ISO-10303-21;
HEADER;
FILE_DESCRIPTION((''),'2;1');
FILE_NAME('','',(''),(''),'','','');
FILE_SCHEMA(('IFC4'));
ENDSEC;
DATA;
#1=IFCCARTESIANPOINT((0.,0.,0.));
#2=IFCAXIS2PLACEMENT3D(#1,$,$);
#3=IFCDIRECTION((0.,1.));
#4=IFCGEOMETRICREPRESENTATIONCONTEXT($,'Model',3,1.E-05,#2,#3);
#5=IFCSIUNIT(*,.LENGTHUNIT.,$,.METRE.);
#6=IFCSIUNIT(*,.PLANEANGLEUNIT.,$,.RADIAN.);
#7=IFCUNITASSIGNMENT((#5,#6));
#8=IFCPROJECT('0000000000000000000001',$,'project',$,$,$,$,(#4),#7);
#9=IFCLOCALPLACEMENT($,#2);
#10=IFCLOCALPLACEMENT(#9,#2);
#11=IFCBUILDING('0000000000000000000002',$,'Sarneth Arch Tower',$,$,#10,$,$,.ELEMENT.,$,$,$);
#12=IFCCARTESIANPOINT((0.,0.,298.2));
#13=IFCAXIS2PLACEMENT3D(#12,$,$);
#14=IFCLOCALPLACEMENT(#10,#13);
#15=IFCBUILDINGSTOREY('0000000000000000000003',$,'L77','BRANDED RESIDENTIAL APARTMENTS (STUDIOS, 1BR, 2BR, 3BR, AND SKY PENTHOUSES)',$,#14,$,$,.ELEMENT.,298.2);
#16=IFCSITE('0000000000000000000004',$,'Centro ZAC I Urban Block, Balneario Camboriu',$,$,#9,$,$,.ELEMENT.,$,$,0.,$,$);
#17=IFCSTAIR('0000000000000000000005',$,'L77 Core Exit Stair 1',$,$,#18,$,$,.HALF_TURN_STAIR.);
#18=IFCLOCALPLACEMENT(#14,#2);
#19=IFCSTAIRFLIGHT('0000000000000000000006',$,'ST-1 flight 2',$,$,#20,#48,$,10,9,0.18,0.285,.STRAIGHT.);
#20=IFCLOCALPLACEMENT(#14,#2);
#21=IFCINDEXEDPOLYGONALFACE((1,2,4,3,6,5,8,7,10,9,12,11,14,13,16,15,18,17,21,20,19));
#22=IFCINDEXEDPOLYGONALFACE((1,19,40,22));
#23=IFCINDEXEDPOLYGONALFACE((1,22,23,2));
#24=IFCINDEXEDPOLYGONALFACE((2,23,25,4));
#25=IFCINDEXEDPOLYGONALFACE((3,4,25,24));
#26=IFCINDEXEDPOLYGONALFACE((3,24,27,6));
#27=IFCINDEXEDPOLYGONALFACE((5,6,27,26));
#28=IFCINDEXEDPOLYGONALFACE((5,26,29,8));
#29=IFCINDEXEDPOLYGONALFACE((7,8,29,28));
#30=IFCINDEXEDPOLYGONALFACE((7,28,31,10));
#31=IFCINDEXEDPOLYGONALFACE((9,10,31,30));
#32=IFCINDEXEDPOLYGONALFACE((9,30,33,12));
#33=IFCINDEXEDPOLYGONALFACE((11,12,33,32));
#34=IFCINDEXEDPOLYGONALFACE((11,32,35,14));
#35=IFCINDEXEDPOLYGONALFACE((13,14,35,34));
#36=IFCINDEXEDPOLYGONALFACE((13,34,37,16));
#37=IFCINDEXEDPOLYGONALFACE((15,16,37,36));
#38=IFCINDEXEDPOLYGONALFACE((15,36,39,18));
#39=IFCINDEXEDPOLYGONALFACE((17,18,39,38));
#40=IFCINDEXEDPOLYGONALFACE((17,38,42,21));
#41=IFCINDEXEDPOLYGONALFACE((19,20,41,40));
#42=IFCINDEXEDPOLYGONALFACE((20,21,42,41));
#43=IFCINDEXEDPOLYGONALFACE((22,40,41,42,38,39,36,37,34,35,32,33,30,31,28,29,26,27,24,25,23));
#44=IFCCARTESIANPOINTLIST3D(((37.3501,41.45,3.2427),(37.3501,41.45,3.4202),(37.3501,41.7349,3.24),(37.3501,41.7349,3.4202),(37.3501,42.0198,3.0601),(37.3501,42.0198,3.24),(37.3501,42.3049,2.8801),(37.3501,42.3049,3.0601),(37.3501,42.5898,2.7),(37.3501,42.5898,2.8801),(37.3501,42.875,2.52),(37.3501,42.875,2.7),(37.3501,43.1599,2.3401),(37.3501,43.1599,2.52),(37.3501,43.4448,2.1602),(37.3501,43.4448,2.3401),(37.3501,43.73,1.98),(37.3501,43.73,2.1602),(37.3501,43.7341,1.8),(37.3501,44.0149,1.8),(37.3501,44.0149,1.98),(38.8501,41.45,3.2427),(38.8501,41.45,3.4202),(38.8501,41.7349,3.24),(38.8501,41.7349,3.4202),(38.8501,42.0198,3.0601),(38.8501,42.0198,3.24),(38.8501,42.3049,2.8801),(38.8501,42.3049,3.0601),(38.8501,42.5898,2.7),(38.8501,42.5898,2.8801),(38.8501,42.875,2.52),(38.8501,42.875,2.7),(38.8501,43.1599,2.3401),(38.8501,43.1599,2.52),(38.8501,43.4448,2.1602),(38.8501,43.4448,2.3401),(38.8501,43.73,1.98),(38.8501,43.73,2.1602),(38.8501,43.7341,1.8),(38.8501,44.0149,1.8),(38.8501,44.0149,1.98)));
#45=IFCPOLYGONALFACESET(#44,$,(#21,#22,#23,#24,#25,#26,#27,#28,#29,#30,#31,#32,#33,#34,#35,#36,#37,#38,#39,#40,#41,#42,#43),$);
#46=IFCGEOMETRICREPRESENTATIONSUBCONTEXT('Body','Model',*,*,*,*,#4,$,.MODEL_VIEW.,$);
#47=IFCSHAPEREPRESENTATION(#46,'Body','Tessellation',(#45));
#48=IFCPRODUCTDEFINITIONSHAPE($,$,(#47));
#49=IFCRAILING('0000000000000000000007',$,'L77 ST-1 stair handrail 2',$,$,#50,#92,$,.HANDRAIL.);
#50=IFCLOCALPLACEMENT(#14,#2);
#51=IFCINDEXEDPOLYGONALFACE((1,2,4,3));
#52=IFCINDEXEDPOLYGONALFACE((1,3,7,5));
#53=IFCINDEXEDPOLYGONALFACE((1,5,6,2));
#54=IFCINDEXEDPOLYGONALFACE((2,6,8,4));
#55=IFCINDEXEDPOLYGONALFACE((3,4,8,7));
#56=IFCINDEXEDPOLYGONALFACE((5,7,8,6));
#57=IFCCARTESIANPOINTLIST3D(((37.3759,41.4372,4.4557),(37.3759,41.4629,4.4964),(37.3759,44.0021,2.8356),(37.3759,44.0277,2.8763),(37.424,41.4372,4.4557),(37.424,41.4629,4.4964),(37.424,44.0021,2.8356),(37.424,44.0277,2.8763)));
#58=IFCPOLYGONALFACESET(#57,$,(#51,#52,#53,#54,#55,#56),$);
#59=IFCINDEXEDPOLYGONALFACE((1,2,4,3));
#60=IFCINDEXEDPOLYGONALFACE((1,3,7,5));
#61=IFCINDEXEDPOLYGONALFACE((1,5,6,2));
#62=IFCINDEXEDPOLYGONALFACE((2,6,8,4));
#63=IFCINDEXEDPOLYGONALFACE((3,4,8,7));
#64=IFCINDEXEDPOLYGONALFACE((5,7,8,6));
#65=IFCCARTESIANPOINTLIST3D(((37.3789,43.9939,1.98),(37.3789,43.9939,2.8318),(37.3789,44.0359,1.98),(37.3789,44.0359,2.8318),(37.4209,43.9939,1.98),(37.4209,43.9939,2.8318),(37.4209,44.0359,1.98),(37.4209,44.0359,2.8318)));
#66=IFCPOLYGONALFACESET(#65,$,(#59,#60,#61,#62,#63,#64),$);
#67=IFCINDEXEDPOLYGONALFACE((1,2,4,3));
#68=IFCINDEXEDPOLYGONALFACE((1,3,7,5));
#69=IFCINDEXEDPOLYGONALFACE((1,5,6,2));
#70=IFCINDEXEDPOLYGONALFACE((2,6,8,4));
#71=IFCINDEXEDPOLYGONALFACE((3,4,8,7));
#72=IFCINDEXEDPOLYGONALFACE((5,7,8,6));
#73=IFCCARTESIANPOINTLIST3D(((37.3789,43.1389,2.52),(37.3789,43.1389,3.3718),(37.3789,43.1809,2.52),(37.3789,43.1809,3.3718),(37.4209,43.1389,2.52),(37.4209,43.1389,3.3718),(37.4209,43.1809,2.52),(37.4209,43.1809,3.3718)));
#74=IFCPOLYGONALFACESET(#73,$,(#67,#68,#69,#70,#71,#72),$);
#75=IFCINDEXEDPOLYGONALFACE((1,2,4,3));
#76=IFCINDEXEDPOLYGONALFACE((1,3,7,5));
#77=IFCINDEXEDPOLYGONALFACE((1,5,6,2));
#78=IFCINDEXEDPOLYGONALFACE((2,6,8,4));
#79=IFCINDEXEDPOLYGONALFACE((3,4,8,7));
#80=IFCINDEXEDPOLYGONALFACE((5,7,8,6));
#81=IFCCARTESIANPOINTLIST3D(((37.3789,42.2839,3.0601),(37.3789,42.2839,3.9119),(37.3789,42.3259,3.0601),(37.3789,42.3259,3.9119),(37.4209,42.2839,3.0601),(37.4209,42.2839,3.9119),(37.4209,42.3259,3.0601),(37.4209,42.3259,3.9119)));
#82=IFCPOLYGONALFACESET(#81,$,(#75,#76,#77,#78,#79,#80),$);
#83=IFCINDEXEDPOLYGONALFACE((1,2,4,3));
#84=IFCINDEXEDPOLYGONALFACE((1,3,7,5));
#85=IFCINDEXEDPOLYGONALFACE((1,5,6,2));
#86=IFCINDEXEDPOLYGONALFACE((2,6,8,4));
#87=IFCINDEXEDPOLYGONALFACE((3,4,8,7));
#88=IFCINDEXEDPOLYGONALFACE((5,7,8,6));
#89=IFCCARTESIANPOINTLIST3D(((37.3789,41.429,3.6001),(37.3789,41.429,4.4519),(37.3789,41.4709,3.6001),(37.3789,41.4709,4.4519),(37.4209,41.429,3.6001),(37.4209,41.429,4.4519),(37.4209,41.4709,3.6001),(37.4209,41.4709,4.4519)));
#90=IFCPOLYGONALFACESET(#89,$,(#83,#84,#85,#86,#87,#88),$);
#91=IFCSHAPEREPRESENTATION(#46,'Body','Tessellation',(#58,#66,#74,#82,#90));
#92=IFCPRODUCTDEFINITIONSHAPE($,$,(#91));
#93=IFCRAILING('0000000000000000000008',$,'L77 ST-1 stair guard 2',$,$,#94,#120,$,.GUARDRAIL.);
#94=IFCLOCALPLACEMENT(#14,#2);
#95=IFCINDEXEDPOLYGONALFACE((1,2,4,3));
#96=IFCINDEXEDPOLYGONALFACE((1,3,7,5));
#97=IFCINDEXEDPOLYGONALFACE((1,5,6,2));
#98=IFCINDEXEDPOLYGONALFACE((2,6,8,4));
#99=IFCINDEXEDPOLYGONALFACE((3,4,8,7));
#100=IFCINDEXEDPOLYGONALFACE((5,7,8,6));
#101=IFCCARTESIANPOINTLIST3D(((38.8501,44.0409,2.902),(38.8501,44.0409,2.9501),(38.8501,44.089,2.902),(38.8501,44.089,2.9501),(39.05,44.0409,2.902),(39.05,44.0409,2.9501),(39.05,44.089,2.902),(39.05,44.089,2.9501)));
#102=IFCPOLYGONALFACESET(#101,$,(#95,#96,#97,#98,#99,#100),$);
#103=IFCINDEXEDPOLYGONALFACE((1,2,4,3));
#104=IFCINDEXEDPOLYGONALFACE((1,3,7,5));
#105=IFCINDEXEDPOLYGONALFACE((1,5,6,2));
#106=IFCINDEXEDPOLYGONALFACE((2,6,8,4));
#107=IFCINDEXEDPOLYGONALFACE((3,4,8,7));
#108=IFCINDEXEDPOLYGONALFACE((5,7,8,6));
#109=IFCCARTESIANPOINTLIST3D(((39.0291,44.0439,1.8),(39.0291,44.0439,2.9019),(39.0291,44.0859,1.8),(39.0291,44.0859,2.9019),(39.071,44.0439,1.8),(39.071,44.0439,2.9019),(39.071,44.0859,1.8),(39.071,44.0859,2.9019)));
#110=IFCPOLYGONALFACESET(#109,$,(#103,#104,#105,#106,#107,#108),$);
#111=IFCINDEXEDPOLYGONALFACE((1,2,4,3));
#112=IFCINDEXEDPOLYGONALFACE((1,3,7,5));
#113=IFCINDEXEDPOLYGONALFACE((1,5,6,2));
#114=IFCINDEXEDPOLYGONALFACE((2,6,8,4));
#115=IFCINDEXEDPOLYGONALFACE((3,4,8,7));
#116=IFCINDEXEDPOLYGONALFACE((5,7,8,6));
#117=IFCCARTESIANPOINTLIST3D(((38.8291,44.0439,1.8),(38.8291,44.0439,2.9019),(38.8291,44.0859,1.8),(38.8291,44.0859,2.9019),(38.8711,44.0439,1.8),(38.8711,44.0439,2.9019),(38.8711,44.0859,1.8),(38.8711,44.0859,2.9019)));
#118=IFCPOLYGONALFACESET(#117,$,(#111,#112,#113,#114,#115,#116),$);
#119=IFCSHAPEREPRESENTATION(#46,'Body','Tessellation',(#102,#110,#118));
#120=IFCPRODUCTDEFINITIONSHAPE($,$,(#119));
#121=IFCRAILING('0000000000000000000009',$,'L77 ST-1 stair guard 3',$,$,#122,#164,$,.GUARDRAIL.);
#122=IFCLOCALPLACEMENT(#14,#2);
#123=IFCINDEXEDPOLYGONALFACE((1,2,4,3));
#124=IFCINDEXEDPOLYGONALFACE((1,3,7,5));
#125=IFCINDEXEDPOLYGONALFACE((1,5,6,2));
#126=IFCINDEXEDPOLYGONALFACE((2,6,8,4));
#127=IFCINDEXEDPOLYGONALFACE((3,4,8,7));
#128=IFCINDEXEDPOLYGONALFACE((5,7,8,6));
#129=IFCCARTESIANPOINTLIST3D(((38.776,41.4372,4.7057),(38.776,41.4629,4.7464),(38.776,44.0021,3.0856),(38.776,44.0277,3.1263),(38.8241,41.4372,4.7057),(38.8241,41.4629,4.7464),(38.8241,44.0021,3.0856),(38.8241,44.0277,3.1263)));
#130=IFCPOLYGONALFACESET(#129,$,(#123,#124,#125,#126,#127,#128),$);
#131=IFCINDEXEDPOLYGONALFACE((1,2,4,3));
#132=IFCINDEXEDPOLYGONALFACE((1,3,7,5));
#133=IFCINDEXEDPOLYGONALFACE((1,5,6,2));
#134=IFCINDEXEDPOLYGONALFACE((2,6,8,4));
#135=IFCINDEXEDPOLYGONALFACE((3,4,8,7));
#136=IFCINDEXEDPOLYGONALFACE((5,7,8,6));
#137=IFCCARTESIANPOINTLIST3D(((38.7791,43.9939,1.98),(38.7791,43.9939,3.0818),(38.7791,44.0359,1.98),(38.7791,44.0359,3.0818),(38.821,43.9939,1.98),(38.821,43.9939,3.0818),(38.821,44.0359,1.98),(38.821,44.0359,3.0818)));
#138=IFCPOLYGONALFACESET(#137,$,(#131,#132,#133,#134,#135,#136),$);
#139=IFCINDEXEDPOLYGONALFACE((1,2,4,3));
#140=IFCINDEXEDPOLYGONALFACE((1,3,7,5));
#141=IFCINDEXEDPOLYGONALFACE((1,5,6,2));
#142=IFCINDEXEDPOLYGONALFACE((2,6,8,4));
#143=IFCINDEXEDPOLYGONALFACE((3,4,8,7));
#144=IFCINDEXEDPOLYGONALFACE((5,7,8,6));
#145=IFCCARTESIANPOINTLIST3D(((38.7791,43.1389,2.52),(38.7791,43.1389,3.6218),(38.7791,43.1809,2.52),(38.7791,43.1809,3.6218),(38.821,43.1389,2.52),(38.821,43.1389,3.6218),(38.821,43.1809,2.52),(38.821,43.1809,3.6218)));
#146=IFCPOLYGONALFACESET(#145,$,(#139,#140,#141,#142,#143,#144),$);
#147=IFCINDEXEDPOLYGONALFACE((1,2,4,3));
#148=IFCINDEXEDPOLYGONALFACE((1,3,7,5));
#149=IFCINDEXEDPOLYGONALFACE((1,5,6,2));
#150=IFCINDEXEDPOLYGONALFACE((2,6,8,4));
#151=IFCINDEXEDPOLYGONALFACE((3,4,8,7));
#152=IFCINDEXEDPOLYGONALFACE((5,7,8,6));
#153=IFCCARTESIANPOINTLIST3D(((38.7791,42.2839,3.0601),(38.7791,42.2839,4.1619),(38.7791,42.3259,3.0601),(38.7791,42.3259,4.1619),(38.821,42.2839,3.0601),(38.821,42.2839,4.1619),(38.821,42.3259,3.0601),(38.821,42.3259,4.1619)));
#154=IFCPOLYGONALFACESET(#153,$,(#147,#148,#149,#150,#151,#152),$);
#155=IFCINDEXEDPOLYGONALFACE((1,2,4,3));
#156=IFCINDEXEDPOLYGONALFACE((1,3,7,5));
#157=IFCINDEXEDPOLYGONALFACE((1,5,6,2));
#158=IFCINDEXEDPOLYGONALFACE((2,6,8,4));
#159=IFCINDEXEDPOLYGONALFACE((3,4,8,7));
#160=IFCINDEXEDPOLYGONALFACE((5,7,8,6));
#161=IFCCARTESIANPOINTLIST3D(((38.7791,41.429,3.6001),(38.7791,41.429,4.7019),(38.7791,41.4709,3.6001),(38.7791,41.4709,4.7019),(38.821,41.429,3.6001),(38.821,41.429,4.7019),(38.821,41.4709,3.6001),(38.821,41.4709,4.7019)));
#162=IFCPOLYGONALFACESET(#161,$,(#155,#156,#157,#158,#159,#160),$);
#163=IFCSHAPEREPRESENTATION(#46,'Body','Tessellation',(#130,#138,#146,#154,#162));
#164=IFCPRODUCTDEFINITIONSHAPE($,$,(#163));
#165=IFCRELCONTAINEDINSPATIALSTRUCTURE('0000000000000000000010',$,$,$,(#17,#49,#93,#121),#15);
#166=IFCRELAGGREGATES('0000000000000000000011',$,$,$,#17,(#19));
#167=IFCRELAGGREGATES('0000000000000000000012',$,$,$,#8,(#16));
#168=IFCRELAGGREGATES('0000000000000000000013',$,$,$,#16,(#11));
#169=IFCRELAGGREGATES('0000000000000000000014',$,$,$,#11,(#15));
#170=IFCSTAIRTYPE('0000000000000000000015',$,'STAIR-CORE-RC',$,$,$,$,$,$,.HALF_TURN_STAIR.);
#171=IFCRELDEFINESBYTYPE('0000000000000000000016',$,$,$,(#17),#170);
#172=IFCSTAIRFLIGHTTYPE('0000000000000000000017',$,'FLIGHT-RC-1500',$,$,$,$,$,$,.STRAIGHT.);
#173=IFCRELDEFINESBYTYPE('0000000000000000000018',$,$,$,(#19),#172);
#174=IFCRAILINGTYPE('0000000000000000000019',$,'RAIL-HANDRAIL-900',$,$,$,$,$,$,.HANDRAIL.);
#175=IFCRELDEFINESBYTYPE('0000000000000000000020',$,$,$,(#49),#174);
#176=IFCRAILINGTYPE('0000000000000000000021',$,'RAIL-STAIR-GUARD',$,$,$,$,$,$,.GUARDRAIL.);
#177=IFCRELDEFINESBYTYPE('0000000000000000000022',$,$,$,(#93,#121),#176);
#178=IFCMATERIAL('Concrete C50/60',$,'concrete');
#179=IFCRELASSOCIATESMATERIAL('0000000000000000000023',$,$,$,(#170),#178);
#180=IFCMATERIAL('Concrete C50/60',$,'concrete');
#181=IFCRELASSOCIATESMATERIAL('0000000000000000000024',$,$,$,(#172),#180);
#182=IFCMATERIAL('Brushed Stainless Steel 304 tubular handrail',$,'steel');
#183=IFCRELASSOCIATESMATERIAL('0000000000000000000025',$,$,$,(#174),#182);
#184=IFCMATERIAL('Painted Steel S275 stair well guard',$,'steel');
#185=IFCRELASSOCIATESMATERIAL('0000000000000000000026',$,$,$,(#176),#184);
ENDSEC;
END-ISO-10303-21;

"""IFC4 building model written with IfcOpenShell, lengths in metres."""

from ifc_helpers import new_model, si_unit, direction, frame, origin, origin_2d, place, context, subcontext, project, spatial, polyline, rectangle, outline, extrude, material, type_object, element, aggregate, save


model = new_model("IFC4")

# Units and contexts
model_context = context("Model", 3, precision=1e-05, world=origin(), true_north=direction((0.0, 1.0)))
body_context = subcontext(model_context, "Body", "Model", "MODEL_VIEW")
ifc_project = project(units=[si_unit("LENGTHUNIT", "METRE"), si_unit("PLANEANGLEUNIT", "RADIAN")], contexts=[model_context])

# Site, building, storey
site_placement = place(None, origin())
site = spatial("IfcSite", under=ifc_project, at=site_placement, Name="Centro ZAC I Urban Block, Balneario Camboriu", CompositionType="ELEMENT", RefElevation=0.0)
building_placement = place(site_placement, origin())
building = spatial("IfcBuilding", under=site, at=building_placement, Name="Sarneth Arch Tower", CompositionType="ELEMENT")
storey_placement = place(building_placement, frame((0.0, 0.0, 298.2)))
storey = spatial("IfcBuildingStorey", under=building, at=storey_placement, Name="L77", Description="BRANDED RESIDENTIAL APARTMENTS (STUDIOS, 1BR, 2BR, 3BR, AND SKY PENTHOUSES)", CompositionType="ELEMENT", Elevation=298.2)

# Stair, stair flight
ifc_material_1 = material(Name="Concrete C50/60", Category="concrete")
stair_type = type_object("IfcStairType", Name="STAIR-CORE-RC", PredefinedType="HALF_TURN_STAIR", material=ifc_material_1)
stair_placement = place(storey_placement, origin())
stair = element("IfcStair", 1, at=stair_placement, inside=storey, type_object=stair_type, Name="L77 Core Exit Stair 1", PredefinedType="HALF_TURN_STAIR")
ifc_material_2 = material(Name="Concrete C50/60", Category="concrete")
stair_flight_type = type_object("IfcStairFlightType", Name="FLIGHT-RC-1500", PredefinedType="STRAIGHT", material=ifc_material_2)
stair_flight_placement = place(storey_placement, frame((38.1001, 44.0149, 1.8), z_axis=(0.0, 0.0, 1.0), x_axis=(0.0, -1.0, 0.0)))
stair_flight = element("IfcStairFlight", 2, at=stair_flight_placement, type_object=stair_flight_type, Name="ST-1 flight 2", NumberOfRisers=10, NumberOfTreads=9, PredefinedType="STRAIGHT", RiserHeight=0.18, TreadLength=0.285, context=body_context, shape_type="SweptSolid", body=[
    extrude(outline(polyline([(0.0, 0.0), (0.0, 0.1799), (0.2849, 0.1799), (0.2849, 0.3601), (0.5701, 0.3601), (0.5701, 0.54), (0.855, 0.54), (0.855, 0.72), (1.1399, 0.72), (1.1399, 0.8999), (1.425, 0.8999), (1.425, 1.0801), (1.71, 1.0801), (1.71, 1.26), (1.9951, 1.26), (1.9951, 1.4399), (2.28, 1.4399), (2.28, 1.6201), (2.5649, 1.6201), (2.5649, 1.8), (2.5649, 1.4426), (0.2808, 0.0), (0.0, 0.0)])), frame((0.0, 0.75, 0.0), z_axis=(0.0, -1.0, 0.0), x_axis=(1.0, 0.0, 0.0)), (0.0, 0.0, 1.0), 1.5),
])
aggregate(stair, [stair_flight])

# Railings
ifc_material_3 = material(Name="Brushed Stainless Steel 304 tubular handrail", Category="steel")
railing_type_1 = type_object("IfcRailingType", Name="RAIL-HANDRAIL-900", PredefinedType="HANDRAIL", material=ifc_material_3)
railing_1_placement = place(storey_placement, frame((37.3999, 44.0149, 1.98)))
element("IfcRailing", 3, at=railing_1_placement, inside=storey, type_object=railing_type_1, Name="L77 ST-1 stair handrail 2", PredefinedType="HANDRAIL", context=body_context, shape_type="SweptSolid", body=[
    extrude(rectangle(XDim=0.0481, YDim=0.0481, at=origin_2d()), frame((0.0, 0.0, 0.876), z_axis=(0.0, -0.845466, 0.534029), x_axis=(1.0, 0.0, 0.0)), (0.0, 0.0, 1.0), 3.0337),
    extrude(rectangle(XDim=0.042, YDim=0.042, at=origin_2d()), origin(), (0.0, 0.0, 1.0), 0.8518),
    extrude(rectangle(XDim=0.042, YDim=0.042, at=origin_2d()), frame((0.0, -0.855, 0.54)), (0.0, 0.0, 1.0), 0.8518),
    extrude(rectangle(XDim=0.042, YDim=0.042, at=origin_2d()), frame((0.0, -1.71, 1.0801)), (0.0, 0.0, 1.0), 0.8518),
    extrude(rectangle(XDim=0.042, YDim=0.042, at=origin_2d()), frame((0.0, -2.5649, 1.6201)), (0.0, 0.0, 1.0), 0.8518),
])
ifc_material_4 = material(Name="Painted Steel S275 stair well guard", Category="steel")
railing_type_2 = type_object("IfcRailingType", Name="RAIL-STAIR-GUARD", PredefinedType="GUARDRAIL", material=ifc_material_4)
railing_2_placement = place(storey_placement, frame((39.05, 44.0649, 1.8)))
element("IfcRailing", 4, at=railing_2_placement, inside=storey, type_object=railing_type_2, Name="L77 ST-1 stair guard 2", PredefinedType="GUARDRAIL", context=body_context, shape_type="SweptSolid", body=[
    extrude(rectangle(XDim=0.0481, YDim=0.0481, at=origin_2d()), frame((0.0, 0.0, 1.126), z_axis=(-1.0, 0.0, 0.0), x_axis=(0.0, -1.0, 0.0)), (0.0, 0.0, 1.0), 0.2),
    extrude(rectangle(XDim=0.042, YDim=0.042, at=origin_2d()), origin(), (0.0, 0.0, 1.0), 1.1018),
    extrude(rectangle(XDim=0.042, YDim=0.042, at=origin_2d()), frame((-0.2, 0.0, 0.0)), (0.0, 0.0, 1.0), 1.1018),
])
railing_3_placement = place(storey_placement, frame((38.8, 44.0149, 1.98)))
element("IfcRailing", 5, at=railing_3_placement, inside=storey, type_object=railing_type_2, Name="L77 ST-1 stair guard 3", PredefinedType="GUARDRAIL", context=body_context, shape_type="SweptSolid", body=[
    extrude(rectangle(XDim=0.0481, YDim=0.0481, at=origin_2d()), frame((0.0, 0.0, 1.126), z_axis=(0.0, -0.845466, 0.534029), x_axis=(1.0, 0.0, 0.0)), (0.0, 0.0, 1.0), 3.0337),
    extrude(rectangle(XDim=0.042, YDim=0.042, at=origin_2d()), origin(), (0.0, 0.0, 1.0), 1.1018),
    extrude(rectangle(XDim=0.042, YDim=0.042, at=origin_2d()), frame((0.0, -0.855, 0.54)), (0.0, 0.0, 1.0), 1.1018),
    extrude(rectangle(XDim=0.042, YDim=0.042, at=origin_2d()), frame((0.0, -1.71, 1.0801)), (0.0, 0.0, 1.0), 1.1018),
    extrude(rectangle(XDim=0.042, YDim=0.042, at=origin_2d()), frame((0.0, -2.5649, 1.6201)), (0.0, 0.0, 1.0), 1.1018),
])

save(model, "model.ifc")
